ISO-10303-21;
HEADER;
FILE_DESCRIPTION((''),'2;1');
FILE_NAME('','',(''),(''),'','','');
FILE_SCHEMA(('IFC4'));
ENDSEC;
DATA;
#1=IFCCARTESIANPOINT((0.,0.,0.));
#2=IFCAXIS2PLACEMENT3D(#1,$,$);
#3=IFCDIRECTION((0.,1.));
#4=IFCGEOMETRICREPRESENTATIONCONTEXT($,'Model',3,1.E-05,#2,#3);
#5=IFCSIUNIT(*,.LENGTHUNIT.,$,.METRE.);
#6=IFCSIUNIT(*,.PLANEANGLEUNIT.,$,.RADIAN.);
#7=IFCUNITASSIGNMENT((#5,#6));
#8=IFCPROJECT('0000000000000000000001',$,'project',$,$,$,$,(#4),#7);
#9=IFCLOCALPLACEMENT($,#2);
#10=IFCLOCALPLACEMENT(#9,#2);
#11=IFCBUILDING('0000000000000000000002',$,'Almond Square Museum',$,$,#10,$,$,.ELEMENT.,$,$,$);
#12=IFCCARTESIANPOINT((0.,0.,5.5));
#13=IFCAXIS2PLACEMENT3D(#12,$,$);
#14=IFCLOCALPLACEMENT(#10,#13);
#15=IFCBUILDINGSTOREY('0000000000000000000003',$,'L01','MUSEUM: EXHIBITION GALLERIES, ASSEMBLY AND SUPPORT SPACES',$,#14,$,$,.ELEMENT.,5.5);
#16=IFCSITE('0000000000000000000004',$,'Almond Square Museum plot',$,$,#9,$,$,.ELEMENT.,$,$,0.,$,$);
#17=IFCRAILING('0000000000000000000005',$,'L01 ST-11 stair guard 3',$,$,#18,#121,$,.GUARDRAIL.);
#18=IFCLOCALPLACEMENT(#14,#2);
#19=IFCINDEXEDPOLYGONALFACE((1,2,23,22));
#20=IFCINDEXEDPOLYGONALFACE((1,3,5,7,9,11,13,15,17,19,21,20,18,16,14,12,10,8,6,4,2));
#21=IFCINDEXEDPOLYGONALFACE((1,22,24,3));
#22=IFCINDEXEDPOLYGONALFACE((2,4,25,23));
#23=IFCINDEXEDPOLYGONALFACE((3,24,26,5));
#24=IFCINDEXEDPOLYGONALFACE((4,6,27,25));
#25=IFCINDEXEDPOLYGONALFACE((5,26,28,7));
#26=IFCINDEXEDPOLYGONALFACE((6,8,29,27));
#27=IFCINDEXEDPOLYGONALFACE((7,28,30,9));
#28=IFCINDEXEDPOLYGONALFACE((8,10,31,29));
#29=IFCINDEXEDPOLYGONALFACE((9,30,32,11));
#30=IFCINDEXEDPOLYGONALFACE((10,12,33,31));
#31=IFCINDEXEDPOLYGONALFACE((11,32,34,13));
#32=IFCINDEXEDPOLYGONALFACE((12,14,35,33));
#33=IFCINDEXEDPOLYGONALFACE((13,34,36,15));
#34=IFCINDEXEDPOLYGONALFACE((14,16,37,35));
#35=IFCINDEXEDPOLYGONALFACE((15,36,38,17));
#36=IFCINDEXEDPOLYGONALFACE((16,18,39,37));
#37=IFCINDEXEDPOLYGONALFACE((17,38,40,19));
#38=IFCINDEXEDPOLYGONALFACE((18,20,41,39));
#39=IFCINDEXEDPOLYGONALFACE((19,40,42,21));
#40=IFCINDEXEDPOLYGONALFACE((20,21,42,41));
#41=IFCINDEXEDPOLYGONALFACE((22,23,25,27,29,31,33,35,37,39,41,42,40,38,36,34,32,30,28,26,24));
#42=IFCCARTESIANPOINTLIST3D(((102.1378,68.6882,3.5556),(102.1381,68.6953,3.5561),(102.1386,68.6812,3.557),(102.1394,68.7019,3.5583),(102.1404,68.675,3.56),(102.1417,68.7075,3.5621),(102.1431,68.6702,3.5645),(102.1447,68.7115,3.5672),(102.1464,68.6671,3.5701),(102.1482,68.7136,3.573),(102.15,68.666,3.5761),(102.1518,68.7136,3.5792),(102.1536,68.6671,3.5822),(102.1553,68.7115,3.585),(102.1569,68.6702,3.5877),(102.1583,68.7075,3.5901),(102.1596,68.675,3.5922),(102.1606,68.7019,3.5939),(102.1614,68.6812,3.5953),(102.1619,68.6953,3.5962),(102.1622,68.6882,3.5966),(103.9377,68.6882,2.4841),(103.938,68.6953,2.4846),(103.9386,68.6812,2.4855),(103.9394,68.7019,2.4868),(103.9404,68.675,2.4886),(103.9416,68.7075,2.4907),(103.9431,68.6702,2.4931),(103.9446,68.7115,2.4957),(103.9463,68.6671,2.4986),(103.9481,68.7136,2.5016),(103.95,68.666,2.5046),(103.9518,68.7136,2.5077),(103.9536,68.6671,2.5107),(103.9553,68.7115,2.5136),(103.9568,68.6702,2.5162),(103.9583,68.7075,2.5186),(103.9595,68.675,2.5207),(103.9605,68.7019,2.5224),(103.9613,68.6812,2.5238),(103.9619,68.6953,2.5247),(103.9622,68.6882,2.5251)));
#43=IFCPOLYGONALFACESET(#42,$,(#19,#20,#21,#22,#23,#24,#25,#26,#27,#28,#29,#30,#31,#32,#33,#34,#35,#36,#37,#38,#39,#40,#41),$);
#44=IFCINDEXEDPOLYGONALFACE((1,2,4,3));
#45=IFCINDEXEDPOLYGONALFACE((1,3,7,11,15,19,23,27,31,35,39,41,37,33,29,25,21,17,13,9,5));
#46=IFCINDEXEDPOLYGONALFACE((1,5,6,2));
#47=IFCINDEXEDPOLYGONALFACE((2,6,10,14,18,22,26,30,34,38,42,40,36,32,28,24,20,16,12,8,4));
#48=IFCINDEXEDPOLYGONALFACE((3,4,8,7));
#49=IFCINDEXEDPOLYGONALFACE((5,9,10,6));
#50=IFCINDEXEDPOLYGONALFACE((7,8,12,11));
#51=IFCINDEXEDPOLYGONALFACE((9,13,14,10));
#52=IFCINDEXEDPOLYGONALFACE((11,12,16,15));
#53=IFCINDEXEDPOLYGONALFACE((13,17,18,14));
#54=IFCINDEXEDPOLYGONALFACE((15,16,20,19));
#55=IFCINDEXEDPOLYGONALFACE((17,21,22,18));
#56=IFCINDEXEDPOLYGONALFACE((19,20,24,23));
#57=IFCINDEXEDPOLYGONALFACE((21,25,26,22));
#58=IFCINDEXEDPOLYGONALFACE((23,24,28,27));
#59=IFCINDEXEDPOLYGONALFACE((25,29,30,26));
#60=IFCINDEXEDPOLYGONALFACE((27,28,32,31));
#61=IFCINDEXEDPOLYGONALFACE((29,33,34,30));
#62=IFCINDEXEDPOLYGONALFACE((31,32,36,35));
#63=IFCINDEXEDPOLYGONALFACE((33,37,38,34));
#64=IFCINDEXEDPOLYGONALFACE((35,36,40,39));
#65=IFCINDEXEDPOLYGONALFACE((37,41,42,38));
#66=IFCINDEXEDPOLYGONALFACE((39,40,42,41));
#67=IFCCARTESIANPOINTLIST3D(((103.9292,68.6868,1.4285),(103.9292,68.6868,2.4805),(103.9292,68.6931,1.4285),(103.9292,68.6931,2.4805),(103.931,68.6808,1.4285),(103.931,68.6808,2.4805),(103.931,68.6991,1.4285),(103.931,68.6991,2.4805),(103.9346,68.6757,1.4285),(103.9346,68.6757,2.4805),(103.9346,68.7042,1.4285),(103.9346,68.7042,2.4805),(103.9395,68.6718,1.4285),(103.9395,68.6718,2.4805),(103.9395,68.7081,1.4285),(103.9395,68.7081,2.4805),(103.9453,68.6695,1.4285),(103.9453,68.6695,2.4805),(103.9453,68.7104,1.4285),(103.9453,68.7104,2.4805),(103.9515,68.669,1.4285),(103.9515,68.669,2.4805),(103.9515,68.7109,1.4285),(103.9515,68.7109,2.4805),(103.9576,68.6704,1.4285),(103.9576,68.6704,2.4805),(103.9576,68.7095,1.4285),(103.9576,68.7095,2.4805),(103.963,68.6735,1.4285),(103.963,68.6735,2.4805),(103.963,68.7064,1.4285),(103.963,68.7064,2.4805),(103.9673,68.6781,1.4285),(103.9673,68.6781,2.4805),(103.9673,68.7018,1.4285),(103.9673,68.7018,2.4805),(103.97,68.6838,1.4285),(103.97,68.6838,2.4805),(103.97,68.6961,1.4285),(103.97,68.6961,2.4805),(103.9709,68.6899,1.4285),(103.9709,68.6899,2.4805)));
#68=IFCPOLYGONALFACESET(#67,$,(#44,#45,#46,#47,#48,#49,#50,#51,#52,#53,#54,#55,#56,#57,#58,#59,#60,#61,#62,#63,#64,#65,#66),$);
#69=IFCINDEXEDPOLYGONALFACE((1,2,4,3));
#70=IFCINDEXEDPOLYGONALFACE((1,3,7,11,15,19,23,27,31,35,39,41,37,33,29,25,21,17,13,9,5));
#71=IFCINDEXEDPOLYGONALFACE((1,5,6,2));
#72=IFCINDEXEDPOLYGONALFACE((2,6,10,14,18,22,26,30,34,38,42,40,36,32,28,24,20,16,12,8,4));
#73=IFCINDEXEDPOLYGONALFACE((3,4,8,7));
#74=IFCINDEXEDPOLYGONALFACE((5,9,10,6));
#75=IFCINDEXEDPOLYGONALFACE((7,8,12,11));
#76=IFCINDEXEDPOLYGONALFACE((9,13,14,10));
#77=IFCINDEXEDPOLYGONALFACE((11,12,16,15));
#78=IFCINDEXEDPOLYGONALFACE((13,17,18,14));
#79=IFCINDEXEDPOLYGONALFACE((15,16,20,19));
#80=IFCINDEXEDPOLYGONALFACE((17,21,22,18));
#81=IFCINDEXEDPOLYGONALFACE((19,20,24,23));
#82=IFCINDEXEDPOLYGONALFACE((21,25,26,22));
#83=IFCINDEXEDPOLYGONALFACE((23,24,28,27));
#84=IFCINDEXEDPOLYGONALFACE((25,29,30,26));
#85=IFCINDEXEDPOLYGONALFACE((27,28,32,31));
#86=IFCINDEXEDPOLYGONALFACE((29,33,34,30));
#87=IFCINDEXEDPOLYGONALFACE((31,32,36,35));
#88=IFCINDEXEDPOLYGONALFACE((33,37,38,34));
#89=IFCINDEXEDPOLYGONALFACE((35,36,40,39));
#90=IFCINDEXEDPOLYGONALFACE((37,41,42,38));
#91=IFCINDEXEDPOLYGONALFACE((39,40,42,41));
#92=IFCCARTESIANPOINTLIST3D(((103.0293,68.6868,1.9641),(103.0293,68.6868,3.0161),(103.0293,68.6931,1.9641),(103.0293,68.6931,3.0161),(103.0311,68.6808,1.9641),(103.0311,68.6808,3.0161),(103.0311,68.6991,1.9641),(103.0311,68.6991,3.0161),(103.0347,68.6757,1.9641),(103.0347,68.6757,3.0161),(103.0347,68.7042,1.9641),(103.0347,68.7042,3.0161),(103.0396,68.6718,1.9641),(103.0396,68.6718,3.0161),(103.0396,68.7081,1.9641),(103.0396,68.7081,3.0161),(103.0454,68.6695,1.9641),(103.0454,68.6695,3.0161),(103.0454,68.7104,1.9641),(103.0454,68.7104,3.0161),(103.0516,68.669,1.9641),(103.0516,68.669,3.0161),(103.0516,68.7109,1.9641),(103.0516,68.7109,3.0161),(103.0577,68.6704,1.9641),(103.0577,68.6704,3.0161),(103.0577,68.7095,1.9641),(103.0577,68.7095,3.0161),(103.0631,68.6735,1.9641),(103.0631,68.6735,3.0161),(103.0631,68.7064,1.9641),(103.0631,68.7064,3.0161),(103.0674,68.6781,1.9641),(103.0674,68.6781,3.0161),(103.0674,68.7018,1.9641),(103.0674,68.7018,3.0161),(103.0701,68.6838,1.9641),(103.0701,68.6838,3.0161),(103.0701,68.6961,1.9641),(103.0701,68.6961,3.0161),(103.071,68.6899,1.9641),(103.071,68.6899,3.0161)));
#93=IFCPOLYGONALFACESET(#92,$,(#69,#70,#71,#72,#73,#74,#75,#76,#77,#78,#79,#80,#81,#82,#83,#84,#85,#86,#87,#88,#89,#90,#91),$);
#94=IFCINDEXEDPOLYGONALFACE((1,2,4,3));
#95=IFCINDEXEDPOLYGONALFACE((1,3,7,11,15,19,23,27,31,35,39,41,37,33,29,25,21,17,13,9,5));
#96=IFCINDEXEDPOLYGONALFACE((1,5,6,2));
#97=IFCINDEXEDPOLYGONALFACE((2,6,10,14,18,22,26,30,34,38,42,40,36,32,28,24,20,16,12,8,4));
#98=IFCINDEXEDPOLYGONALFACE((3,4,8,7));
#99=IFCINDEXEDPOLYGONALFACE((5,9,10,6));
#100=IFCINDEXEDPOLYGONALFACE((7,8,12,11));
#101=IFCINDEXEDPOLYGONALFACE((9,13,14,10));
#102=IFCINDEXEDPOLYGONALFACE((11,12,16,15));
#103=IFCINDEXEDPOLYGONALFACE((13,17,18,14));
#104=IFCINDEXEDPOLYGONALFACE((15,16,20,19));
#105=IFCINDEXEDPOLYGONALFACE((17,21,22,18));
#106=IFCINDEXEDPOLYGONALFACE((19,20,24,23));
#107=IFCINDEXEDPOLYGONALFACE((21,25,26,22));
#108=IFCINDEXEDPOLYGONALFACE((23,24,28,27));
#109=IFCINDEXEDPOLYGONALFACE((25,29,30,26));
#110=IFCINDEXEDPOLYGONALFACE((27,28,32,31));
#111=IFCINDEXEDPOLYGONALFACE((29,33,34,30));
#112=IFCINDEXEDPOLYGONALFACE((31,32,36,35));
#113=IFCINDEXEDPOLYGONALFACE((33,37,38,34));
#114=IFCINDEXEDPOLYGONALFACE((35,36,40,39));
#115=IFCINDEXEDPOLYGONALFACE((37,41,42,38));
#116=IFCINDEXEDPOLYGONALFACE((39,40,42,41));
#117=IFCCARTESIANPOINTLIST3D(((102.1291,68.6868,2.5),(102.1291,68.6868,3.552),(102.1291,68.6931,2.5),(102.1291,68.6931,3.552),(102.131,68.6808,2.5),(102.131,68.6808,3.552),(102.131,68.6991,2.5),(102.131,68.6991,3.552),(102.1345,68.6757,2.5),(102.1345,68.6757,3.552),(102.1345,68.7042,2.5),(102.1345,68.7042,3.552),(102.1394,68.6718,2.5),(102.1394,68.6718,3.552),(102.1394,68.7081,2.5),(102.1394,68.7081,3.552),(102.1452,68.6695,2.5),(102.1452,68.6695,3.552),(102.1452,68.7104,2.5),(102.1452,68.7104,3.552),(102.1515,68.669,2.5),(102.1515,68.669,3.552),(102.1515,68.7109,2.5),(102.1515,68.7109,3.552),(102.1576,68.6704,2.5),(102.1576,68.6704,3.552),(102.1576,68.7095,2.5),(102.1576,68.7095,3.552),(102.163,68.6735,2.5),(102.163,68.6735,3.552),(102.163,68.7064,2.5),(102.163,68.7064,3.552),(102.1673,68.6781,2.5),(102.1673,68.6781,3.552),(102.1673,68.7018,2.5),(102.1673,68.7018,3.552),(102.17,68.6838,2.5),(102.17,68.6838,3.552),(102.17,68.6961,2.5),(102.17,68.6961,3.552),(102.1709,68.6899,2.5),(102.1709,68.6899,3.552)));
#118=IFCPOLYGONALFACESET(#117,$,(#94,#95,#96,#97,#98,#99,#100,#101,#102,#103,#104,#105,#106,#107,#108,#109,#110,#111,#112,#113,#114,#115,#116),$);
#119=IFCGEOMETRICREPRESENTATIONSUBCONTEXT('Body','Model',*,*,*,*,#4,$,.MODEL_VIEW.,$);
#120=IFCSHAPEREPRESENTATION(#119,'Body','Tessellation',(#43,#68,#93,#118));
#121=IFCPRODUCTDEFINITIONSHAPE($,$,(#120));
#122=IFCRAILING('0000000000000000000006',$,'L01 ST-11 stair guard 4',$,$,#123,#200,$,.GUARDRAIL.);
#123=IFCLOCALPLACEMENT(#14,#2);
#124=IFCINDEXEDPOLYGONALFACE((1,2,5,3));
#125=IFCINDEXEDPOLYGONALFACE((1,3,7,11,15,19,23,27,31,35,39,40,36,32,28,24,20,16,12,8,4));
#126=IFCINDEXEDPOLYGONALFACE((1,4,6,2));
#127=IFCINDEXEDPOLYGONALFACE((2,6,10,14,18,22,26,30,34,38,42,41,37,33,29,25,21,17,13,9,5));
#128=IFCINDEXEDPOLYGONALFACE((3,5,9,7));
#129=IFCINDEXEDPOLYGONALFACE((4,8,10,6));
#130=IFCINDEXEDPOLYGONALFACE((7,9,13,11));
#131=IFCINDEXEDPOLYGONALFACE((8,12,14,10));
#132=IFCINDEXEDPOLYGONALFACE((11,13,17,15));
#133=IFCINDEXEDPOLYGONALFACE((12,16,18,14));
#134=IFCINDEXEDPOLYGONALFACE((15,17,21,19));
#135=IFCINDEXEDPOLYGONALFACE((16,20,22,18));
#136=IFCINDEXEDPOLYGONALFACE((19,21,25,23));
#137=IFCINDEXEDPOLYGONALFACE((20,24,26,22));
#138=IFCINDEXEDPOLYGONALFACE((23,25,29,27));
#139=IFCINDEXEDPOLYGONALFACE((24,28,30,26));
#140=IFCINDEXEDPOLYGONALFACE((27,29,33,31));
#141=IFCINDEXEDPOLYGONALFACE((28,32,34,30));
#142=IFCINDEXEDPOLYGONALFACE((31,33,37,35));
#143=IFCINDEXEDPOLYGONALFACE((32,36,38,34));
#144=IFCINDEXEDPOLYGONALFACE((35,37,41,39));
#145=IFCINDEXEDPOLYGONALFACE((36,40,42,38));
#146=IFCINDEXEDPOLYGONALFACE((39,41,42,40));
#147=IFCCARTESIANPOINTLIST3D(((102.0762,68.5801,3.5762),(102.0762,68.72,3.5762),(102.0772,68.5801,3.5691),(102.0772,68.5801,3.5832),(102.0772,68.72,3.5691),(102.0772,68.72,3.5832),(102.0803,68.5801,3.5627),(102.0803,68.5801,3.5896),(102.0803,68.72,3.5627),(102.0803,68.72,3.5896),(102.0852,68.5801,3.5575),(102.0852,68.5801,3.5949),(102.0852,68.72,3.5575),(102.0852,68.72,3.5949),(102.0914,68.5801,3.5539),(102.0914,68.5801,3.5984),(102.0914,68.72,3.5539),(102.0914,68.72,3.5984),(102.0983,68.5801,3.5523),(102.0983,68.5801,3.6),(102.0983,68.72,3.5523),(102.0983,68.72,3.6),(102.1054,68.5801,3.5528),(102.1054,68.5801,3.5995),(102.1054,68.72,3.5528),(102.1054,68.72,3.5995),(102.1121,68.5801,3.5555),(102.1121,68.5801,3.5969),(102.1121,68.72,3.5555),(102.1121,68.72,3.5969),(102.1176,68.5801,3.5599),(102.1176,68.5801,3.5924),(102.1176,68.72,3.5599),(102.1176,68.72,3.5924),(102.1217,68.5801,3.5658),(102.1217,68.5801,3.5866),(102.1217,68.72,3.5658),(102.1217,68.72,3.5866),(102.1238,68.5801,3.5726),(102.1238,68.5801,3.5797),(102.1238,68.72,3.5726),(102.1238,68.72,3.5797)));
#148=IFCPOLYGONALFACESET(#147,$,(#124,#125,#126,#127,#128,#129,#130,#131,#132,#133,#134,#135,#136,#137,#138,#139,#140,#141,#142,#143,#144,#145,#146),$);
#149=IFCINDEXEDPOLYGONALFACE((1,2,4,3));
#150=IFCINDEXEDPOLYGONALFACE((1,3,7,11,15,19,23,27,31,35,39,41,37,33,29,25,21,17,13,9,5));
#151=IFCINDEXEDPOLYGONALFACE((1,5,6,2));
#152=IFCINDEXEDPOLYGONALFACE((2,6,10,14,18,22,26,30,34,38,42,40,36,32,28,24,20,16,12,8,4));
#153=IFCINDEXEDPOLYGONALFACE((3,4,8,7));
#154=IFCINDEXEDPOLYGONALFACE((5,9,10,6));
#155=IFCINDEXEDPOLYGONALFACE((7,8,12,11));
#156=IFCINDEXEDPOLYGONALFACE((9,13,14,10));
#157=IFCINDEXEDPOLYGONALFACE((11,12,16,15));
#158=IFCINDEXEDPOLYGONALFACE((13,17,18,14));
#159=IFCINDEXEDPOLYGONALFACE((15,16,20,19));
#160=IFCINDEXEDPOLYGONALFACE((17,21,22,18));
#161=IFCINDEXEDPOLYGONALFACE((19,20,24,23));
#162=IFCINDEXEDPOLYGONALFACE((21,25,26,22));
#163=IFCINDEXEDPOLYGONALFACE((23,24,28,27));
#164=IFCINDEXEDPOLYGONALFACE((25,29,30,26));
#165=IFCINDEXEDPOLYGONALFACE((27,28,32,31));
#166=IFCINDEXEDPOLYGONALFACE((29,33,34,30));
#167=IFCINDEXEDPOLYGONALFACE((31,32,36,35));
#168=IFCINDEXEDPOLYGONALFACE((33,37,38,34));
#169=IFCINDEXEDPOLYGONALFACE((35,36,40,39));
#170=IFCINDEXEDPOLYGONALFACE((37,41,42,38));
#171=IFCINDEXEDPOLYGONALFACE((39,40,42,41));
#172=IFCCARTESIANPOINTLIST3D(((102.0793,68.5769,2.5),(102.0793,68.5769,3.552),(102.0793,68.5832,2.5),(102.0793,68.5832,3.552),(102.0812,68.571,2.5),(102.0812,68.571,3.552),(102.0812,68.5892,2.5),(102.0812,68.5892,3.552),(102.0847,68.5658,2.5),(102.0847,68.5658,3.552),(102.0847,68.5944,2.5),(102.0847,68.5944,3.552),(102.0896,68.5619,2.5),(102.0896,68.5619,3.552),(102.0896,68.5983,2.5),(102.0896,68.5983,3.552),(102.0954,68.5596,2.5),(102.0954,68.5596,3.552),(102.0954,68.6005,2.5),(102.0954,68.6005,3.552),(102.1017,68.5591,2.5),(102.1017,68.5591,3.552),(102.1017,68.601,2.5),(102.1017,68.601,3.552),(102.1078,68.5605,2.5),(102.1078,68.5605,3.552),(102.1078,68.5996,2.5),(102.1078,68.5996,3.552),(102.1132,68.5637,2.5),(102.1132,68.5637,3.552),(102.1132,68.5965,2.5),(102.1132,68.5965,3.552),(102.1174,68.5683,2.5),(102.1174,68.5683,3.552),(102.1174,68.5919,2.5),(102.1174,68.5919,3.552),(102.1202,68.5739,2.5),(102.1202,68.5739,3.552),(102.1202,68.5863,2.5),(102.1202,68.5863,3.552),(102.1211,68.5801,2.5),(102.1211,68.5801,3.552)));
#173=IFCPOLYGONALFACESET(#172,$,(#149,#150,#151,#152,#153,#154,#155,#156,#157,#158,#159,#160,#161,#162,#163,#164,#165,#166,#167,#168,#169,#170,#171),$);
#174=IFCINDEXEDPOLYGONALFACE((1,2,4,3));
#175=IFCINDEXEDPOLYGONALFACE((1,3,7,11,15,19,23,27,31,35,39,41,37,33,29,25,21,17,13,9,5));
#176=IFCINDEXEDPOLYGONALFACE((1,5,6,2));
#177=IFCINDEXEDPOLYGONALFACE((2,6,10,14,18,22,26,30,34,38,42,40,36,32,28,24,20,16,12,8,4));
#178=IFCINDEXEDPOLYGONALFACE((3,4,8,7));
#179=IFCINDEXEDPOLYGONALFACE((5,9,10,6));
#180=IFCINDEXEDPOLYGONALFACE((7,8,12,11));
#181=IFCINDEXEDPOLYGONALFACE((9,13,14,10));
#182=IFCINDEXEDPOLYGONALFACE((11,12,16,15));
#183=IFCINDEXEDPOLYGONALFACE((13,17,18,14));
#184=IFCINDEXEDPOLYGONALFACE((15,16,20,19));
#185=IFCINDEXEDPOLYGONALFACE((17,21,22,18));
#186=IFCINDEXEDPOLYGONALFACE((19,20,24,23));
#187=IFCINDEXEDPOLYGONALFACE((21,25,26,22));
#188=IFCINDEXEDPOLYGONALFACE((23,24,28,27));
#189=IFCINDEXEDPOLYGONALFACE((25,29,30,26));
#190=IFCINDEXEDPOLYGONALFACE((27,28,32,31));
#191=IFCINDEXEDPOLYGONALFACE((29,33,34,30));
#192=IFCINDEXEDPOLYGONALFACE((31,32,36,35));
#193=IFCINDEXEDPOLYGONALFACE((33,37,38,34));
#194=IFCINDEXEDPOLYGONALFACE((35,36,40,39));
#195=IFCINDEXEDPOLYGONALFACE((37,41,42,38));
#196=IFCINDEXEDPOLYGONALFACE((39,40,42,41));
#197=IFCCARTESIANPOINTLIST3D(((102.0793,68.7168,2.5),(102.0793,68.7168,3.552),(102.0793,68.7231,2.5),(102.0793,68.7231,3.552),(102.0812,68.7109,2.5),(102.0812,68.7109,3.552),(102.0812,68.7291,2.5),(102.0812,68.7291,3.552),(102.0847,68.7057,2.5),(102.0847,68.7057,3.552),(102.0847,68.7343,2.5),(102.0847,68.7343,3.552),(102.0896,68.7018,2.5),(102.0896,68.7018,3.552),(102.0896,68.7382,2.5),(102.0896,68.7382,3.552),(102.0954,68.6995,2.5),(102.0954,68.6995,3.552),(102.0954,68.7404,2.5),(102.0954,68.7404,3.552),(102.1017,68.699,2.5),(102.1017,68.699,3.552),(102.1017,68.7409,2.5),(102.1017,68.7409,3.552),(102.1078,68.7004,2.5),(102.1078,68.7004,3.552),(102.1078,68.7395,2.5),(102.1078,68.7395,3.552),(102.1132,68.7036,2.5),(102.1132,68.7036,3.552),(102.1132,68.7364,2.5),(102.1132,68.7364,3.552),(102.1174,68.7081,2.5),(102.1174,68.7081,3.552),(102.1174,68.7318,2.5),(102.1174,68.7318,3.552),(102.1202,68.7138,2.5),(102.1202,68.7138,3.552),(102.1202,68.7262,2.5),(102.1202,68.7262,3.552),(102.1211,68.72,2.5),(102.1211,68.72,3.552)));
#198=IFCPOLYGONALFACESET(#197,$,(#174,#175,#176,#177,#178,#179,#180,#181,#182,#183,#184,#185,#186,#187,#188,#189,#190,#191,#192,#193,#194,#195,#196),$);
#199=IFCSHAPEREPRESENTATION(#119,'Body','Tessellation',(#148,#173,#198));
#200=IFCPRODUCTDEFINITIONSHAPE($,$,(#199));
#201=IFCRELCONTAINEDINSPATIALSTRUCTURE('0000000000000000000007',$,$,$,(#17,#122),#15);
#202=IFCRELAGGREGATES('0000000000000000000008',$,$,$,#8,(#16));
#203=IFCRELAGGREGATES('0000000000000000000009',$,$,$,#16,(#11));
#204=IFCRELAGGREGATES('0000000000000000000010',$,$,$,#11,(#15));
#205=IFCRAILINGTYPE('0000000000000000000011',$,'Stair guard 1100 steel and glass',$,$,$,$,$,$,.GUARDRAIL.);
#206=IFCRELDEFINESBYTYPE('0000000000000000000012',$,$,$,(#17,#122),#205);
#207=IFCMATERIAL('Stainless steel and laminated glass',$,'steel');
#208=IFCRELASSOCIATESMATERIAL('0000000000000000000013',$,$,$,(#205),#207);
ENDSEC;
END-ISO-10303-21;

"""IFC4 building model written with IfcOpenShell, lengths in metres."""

from ifc_helpers import new_model, si_unit, direction, frame, origin, origin_2d, place, context, subcontext, project, spatial, circle, extrude, material, type_object, element, save


model = new_model("IFC4")

# Units and contexts
model_context = context("Model", 3, precision=1e-05, world=origin(), true_north=direction((0.0, 1.0)))
body_context = subcontext(model_context, "Body", "Model", "MODEL_VIEW")
ifc_project = project(units=[si_unit("LENGTHUNIT", "METRE"), si_unit("PLANEANGLEUNIT", "RADIAN")], contexts=[model_context])

# Site, building, storey
site_placement = place(None, origin())
site = spatial("IfcSite", under=ifc_project, at=site_placement, Name="Almond Square Museum plot", CompositionType="ELEMENT", RefElevation=0.0)
building_placement = place(site_placement, origin())
building = spatial("IfcBuilding", under=site, at=building_placement, Name="Almond Square Museum", CompositionType="ELEMENT")
storey_placement = place(building_placement, frame((0.0, 0.0, 5.5)))
storey = spatial("IfcBuildingStorey", under=building, at=storey_placement, Name="L01", Description="MUSEUM: EXHIBITION GALLERIES, ASSEMBLY AND SUPPORT SPACES", CompositionType="ELEMENT", Elevation=5.5)

# Railings
ifc_material_1 = material(Name="Stainless steel and laminated glass", Category="steel")
railing_type_1 = type_object("IfcRailingType", Name="Stair guard 1100 steel and glass", PredefinedType="GUARDRAIL", material=ifc_material_1)
railing_1_placement = place(storey_placement, frame((103.95, 68.6899, 1.4285)))
element("IfcRailing", 1, at=railing_1_placement, inside=storey, type_object=railing_type_1, Name="L01 ST-11 stair guard 3", PredefinedType="GUARDRAIL", context=body_context, shape_type="SweptSolid", body=[
    extrude(circle(Radius=0.0239, at=origin_2d()), frame((0.0, 0.0, 1.0762), z_axis=(-0.859277, 0.0, 0.51151), x_axis=(0.0, -1.0, 0.0)), (0.0, 0.0, 1.0), 2.0947),
    extrude(circle(Radius=0.021, at=origin_2d()), origin(), (0.0, 0.0, 1.0), 1.052),
    extrude(circle(Radius=0.021, at=origin_2d()), frame((-0.8999, 0.0, 0.5356)), (0.0, 0.0, 1.0), 1.052),
    extrude(circle(Radius=0.021, at=origin_2d()), frame((-1.8, 0.0, 1.0715)), (0.0, 0.0, 1.0), 1.052),
])
railing_2_placement = place(storey_placement, frame((102.1001, 68.5801, 2.5)))
element("IfcRailing", 2, at=railing_2_placement, inside=storey, type_object=railing_type_1, Name="L01 ST-11 stair guard 4", PredefinedType="GUARDRAIL", context=body_context, shape_type="SweptSolid", body=[
    extrude(circle(Radius=0.0239, at=origin_2d()), frame((0.0, 0.0, 1.0762), z_axis=(0.0, 1.0, 0.0), x_axis=(-1.0, 0.0, 0.0)), (0.0, 0.0, 1.0), 0.1399),
    extrude(circle(Radius=0.021, at=origin_2d()), origin(), (0.0, 0.0, 1.0), 1.052),
    extrude(circle(Radius=0.021, at=origin_2d()), frame((0.0, 0.1399, 0.0)), (0.0, 0.0, 1.0), 1.052),
])

save(model, "model.ifc")
